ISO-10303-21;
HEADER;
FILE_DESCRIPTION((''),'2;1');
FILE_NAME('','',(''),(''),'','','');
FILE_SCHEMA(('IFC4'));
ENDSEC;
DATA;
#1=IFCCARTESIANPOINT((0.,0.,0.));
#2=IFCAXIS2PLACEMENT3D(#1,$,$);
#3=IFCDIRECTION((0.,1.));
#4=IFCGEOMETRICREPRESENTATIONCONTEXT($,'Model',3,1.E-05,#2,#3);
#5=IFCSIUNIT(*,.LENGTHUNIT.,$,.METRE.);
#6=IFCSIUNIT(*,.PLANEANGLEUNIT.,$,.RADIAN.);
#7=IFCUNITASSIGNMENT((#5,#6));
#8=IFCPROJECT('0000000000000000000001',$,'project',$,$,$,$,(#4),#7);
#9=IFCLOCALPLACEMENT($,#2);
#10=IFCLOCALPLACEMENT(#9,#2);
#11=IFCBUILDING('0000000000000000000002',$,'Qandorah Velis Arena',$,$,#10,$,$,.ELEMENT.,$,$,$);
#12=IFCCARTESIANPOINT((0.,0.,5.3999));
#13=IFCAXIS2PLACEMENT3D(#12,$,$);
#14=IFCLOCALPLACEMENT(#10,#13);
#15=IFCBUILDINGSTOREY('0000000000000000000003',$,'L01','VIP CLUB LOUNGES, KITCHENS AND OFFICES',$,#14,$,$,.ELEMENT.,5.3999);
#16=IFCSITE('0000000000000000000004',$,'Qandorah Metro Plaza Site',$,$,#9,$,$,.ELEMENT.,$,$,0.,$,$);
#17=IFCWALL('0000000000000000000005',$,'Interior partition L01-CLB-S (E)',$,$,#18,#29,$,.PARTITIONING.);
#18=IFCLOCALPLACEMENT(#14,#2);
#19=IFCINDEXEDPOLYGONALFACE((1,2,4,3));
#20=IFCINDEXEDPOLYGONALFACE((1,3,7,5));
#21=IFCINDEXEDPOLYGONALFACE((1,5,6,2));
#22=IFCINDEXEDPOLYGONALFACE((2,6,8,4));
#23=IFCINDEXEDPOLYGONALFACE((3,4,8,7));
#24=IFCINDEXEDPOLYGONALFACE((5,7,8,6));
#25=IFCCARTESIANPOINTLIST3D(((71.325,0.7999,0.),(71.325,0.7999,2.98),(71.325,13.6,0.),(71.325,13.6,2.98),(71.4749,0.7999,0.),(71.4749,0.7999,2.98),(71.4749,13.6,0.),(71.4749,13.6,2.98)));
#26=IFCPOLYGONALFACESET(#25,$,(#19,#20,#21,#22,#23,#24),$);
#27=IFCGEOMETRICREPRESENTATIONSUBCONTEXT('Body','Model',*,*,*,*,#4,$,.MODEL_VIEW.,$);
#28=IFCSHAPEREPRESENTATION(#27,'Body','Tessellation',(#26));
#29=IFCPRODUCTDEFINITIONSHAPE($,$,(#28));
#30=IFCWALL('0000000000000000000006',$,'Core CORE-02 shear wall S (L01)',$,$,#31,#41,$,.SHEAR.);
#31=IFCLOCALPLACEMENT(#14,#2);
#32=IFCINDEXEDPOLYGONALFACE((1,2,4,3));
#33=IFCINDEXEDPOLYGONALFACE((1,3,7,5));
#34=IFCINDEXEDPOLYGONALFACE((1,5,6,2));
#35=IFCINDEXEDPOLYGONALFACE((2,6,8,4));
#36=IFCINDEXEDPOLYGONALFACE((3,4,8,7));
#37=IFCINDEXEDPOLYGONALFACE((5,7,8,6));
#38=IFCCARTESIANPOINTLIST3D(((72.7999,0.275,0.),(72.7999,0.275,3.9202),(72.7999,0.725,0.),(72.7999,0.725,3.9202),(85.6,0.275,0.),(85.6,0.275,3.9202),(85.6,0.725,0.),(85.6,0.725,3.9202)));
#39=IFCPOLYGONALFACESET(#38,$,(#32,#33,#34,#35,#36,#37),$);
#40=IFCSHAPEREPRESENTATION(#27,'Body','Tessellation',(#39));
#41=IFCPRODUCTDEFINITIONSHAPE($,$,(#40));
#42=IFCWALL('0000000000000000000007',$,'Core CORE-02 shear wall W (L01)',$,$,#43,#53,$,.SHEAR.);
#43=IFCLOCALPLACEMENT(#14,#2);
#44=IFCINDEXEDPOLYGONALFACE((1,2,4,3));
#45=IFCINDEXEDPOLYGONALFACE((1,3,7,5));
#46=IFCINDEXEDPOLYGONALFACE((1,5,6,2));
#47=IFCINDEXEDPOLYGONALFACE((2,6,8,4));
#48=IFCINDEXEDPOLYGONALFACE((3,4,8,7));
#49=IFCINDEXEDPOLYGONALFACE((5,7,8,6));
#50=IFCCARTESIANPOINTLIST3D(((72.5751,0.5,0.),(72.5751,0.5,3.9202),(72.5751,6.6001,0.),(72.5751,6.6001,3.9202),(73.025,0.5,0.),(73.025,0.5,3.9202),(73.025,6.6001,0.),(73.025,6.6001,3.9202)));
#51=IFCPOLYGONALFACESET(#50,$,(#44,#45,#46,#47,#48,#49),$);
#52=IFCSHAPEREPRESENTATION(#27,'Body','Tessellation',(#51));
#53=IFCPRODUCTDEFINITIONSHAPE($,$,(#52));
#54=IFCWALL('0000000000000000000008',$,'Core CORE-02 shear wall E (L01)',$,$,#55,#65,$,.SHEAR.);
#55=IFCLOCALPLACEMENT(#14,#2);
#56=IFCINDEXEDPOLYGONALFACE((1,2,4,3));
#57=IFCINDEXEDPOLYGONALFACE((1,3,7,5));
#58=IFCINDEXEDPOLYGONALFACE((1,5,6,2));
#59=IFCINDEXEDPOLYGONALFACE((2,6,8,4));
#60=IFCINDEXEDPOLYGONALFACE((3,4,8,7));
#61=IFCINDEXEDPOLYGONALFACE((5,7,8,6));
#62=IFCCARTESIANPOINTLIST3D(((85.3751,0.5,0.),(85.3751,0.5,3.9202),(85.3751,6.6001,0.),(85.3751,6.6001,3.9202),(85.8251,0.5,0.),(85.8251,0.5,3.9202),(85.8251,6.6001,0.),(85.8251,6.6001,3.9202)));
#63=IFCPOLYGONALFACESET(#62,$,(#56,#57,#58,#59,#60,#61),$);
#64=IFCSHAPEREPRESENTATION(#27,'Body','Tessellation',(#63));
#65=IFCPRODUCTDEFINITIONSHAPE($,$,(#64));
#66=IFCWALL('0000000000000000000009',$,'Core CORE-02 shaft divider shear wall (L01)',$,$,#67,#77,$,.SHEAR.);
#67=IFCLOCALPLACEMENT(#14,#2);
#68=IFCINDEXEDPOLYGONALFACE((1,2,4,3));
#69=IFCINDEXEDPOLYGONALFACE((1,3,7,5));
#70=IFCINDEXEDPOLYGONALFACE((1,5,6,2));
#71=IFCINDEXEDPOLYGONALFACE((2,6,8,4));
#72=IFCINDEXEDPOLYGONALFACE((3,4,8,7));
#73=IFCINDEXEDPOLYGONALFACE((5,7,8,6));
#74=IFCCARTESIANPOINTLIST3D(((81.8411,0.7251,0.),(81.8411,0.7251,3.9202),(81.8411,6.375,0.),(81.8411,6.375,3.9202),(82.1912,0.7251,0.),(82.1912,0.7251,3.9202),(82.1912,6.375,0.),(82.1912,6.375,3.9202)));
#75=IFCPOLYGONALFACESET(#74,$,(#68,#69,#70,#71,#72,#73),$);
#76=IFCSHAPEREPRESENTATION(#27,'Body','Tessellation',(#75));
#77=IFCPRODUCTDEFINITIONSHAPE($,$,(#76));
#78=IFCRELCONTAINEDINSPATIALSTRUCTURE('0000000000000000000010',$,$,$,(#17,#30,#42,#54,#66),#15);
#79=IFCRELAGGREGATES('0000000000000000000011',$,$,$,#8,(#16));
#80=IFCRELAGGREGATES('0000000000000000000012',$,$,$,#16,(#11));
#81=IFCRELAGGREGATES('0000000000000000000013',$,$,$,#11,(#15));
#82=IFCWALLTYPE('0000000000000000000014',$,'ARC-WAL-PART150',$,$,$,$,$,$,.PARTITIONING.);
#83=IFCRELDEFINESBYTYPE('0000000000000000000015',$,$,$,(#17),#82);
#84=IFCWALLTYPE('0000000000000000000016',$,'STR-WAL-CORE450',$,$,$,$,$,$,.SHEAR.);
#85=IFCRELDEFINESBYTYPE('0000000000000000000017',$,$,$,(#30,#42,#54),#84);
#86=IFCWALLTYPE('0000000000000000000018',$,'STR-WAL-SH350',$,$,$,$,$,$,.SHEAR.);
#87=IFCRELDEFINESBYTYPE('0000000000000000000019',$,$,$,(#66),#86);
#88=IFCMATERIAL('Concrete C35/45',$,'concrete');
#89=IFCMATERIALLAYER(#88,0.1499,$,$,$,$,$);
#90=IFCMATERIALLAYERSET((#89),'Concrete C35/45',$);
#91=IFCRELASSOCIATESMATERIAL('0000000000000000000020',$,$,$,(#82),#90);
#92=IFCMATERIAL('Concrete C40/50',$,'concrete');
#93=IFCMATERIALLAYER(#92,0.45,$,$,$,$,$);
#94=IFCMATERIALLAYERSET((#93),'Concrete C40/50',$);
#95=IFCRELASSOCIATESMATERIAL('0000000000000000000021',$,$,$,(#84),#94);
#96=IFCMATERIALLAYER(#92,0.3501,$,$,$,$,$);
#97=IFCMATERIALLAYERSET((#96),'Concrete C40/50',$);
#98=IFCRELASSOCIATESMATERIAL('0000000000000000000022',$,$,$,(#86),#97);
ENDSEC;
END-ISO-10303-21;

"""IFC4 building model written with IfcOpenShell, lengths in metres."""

from ifc_helpers import new_model, si_unit, direction, frame, frame_2d, origin, place, context, subcontext, project, spatial, rectangle, extrude, material, layer, layer_set, type_object, element, save


model = new_model("IFC4")

# Units and contexts
model_context = context("Model", 3, precision=1e-05, world=origin(), true_north=direction((0.0, 1.0)))
body_context = subcontext(model_context, "Body", "Model", "MODEL_VIEW")
ifc_project = project(units=[si_unit("LENGTHUNIT", "METRE"), si_unit("PLANEANGLEUNIT", "RADIAN")], contexts=[model_context])

# Site, building, storey
site_placement = place(None, origin())
site = spatial("IfcSite", under=ifc_project, at=site_placement, Name="Qandorah Metro Plaza Site", CompositionType="ELEMENT", RefElevation=0.0)
building_placement = place(site_placement, origin())
building = spatial("IfcBuilding", under=site, at=building_placement, Name="Qandorah Velis Arena", CompositionType="ELEMENT")
storey_placement = place(building_placement, frame((0.0, 0.0, 5.3999)))
storey = spatial("IfcBuildingStorey", under=building, at=storey_placement, Name="L01", Description="VIP CLUB LOUNGES, KITCHENS AND OFFICES", CompositionType="ELEMENT", Elevation=5.3999)

# Shared definitions
ifc_material_1 = material(Name="Concrete C40/50", Category="concrete")

# Walls
ifc_material_2 = material(Name="Concrete C35/45", Category="concrete")
ifc_layer_1 = layer(ifc_material_2, 0.1499)
ifc_layer_set_1 = layer_set([ifc_layer_1], Name="Concrete C35/45")
wall_type_1 = type_object("IfcWallType", Name="ARC-WAL-PART150", PredefinedType="PARTITIONING", material=ifc_layer_set_1)
wall_1_placement = place(storey_placement, frame((71.3999, 0.8, 0.0), z_axis=(0.0, 0.0, 1.0), x_axis=(0.0, 1.0, 0.0)))
element("IfcWall", 1, at=wall_1_placement, inside=storey, type_object=wall_type_1, Name="Interior partition L01-CLB-S (E)", PredefinedType="PARTITIONING", context=body_context, shape_type="SweptSolid", body=[
    extrude(rectangle(XDim=12.8, YDim=0.1499, at=frame_2d((6.3999, 0.0))), origin(), (0.0, 0.0, 1.0), 2.98),
])
ifc_layer_2 = layer(ifc_material_1, 0.45)
ifc_layer_set_2 = layer_set([ifc_layer_2], Name="Concrete C40/50")
wall_type_2 = type_object("IfcWallType", Name="STR-WAL-CORE450", PredefinedType="SHEAR", material=ifc_layer_set_2)
wall_2_placement = place(storey_placement, frame((72.8, 0.5, 0.0), z_axis=(0.0, 0.0, 1.0), x_axis=(1.0, 0.0, 0.0)))
element("IfcWall", 2, at=wall_2_placement, inside=storey, type_object=wall_type_2, Name="Core CORE-02 shear wall S (L01)", PredefinedType="SHEAR", context=body_context, shape_type="SweptSolid", body=[
    extrude(rectangle(XDim=12.8, YDim=0.45, at=frame_2d((6.3999, 0.0))), origin(), (0.0, 0.0, 1.0), 3.9202),
])
for number, where, z_axis, x_axis, name in (
    (3, (72.8, 0.5, 0.0), (0.0, 0.0, 1.0), (0.0, 1.0, 0.0), "Core CORE-02 shear wall W (L01)"),
    (4, (85.6001, 0.5, 0.0), (0.0, 0.0, 1.0), (0.0, 1.0, 0.0), "Core CORE-02 shear wall E (L01)"),
):
    element("IfcWall", number, at=place(storey_placement, frame(where, z_axis=z_axis, x_axis=x_axis)), inside=storey, type_object=wall_type_2, Name=name, PredefinedType="SHEAR", context=body_context, shape_type="SweptSolid", body=[
        extrude(rectangle(XDim=6.1001, YDim=0.45, at=frame_2d((3.05, 0.0))), origin(), (0.0, 0.0, 1.0), 3.9202),
    ])
ifc_layer_3 = layer(ifc_material_1, 0.3501)
ifc_layer_set_3 = layer_set([ifc_layer_3], Name="Concrete C40/50")
wall_type_3 = type_object("IfcWallType", Name="STR-WAL-SH350", PredefinedType="SHEAR", material=ifc_layer_set_3)
wall_3_placement = place(storey_placement, frame((82.0161, 0.7251, 0.0), z_axis=(0.0, 0.0, 1.0), x_axis=(0.0, 1.0, 0.0)))
element("IfcWall", 5, at=wall_3_placement, inside=storey, type_object=wall_type_3, Name="Core CORE-02 shaft divider shear wall (L01)", PredefinedType="SHEAR", context=body_context, shape_type="SweptSolid", body=[
    extrude(rectangle(XDim=5.6499, YDim=0.3501, at=frame_2d((2.825, 0.0))), origin(), (0.0, 0.0, 1.0), 3.9202),
])

save(model, "model.ifc")
